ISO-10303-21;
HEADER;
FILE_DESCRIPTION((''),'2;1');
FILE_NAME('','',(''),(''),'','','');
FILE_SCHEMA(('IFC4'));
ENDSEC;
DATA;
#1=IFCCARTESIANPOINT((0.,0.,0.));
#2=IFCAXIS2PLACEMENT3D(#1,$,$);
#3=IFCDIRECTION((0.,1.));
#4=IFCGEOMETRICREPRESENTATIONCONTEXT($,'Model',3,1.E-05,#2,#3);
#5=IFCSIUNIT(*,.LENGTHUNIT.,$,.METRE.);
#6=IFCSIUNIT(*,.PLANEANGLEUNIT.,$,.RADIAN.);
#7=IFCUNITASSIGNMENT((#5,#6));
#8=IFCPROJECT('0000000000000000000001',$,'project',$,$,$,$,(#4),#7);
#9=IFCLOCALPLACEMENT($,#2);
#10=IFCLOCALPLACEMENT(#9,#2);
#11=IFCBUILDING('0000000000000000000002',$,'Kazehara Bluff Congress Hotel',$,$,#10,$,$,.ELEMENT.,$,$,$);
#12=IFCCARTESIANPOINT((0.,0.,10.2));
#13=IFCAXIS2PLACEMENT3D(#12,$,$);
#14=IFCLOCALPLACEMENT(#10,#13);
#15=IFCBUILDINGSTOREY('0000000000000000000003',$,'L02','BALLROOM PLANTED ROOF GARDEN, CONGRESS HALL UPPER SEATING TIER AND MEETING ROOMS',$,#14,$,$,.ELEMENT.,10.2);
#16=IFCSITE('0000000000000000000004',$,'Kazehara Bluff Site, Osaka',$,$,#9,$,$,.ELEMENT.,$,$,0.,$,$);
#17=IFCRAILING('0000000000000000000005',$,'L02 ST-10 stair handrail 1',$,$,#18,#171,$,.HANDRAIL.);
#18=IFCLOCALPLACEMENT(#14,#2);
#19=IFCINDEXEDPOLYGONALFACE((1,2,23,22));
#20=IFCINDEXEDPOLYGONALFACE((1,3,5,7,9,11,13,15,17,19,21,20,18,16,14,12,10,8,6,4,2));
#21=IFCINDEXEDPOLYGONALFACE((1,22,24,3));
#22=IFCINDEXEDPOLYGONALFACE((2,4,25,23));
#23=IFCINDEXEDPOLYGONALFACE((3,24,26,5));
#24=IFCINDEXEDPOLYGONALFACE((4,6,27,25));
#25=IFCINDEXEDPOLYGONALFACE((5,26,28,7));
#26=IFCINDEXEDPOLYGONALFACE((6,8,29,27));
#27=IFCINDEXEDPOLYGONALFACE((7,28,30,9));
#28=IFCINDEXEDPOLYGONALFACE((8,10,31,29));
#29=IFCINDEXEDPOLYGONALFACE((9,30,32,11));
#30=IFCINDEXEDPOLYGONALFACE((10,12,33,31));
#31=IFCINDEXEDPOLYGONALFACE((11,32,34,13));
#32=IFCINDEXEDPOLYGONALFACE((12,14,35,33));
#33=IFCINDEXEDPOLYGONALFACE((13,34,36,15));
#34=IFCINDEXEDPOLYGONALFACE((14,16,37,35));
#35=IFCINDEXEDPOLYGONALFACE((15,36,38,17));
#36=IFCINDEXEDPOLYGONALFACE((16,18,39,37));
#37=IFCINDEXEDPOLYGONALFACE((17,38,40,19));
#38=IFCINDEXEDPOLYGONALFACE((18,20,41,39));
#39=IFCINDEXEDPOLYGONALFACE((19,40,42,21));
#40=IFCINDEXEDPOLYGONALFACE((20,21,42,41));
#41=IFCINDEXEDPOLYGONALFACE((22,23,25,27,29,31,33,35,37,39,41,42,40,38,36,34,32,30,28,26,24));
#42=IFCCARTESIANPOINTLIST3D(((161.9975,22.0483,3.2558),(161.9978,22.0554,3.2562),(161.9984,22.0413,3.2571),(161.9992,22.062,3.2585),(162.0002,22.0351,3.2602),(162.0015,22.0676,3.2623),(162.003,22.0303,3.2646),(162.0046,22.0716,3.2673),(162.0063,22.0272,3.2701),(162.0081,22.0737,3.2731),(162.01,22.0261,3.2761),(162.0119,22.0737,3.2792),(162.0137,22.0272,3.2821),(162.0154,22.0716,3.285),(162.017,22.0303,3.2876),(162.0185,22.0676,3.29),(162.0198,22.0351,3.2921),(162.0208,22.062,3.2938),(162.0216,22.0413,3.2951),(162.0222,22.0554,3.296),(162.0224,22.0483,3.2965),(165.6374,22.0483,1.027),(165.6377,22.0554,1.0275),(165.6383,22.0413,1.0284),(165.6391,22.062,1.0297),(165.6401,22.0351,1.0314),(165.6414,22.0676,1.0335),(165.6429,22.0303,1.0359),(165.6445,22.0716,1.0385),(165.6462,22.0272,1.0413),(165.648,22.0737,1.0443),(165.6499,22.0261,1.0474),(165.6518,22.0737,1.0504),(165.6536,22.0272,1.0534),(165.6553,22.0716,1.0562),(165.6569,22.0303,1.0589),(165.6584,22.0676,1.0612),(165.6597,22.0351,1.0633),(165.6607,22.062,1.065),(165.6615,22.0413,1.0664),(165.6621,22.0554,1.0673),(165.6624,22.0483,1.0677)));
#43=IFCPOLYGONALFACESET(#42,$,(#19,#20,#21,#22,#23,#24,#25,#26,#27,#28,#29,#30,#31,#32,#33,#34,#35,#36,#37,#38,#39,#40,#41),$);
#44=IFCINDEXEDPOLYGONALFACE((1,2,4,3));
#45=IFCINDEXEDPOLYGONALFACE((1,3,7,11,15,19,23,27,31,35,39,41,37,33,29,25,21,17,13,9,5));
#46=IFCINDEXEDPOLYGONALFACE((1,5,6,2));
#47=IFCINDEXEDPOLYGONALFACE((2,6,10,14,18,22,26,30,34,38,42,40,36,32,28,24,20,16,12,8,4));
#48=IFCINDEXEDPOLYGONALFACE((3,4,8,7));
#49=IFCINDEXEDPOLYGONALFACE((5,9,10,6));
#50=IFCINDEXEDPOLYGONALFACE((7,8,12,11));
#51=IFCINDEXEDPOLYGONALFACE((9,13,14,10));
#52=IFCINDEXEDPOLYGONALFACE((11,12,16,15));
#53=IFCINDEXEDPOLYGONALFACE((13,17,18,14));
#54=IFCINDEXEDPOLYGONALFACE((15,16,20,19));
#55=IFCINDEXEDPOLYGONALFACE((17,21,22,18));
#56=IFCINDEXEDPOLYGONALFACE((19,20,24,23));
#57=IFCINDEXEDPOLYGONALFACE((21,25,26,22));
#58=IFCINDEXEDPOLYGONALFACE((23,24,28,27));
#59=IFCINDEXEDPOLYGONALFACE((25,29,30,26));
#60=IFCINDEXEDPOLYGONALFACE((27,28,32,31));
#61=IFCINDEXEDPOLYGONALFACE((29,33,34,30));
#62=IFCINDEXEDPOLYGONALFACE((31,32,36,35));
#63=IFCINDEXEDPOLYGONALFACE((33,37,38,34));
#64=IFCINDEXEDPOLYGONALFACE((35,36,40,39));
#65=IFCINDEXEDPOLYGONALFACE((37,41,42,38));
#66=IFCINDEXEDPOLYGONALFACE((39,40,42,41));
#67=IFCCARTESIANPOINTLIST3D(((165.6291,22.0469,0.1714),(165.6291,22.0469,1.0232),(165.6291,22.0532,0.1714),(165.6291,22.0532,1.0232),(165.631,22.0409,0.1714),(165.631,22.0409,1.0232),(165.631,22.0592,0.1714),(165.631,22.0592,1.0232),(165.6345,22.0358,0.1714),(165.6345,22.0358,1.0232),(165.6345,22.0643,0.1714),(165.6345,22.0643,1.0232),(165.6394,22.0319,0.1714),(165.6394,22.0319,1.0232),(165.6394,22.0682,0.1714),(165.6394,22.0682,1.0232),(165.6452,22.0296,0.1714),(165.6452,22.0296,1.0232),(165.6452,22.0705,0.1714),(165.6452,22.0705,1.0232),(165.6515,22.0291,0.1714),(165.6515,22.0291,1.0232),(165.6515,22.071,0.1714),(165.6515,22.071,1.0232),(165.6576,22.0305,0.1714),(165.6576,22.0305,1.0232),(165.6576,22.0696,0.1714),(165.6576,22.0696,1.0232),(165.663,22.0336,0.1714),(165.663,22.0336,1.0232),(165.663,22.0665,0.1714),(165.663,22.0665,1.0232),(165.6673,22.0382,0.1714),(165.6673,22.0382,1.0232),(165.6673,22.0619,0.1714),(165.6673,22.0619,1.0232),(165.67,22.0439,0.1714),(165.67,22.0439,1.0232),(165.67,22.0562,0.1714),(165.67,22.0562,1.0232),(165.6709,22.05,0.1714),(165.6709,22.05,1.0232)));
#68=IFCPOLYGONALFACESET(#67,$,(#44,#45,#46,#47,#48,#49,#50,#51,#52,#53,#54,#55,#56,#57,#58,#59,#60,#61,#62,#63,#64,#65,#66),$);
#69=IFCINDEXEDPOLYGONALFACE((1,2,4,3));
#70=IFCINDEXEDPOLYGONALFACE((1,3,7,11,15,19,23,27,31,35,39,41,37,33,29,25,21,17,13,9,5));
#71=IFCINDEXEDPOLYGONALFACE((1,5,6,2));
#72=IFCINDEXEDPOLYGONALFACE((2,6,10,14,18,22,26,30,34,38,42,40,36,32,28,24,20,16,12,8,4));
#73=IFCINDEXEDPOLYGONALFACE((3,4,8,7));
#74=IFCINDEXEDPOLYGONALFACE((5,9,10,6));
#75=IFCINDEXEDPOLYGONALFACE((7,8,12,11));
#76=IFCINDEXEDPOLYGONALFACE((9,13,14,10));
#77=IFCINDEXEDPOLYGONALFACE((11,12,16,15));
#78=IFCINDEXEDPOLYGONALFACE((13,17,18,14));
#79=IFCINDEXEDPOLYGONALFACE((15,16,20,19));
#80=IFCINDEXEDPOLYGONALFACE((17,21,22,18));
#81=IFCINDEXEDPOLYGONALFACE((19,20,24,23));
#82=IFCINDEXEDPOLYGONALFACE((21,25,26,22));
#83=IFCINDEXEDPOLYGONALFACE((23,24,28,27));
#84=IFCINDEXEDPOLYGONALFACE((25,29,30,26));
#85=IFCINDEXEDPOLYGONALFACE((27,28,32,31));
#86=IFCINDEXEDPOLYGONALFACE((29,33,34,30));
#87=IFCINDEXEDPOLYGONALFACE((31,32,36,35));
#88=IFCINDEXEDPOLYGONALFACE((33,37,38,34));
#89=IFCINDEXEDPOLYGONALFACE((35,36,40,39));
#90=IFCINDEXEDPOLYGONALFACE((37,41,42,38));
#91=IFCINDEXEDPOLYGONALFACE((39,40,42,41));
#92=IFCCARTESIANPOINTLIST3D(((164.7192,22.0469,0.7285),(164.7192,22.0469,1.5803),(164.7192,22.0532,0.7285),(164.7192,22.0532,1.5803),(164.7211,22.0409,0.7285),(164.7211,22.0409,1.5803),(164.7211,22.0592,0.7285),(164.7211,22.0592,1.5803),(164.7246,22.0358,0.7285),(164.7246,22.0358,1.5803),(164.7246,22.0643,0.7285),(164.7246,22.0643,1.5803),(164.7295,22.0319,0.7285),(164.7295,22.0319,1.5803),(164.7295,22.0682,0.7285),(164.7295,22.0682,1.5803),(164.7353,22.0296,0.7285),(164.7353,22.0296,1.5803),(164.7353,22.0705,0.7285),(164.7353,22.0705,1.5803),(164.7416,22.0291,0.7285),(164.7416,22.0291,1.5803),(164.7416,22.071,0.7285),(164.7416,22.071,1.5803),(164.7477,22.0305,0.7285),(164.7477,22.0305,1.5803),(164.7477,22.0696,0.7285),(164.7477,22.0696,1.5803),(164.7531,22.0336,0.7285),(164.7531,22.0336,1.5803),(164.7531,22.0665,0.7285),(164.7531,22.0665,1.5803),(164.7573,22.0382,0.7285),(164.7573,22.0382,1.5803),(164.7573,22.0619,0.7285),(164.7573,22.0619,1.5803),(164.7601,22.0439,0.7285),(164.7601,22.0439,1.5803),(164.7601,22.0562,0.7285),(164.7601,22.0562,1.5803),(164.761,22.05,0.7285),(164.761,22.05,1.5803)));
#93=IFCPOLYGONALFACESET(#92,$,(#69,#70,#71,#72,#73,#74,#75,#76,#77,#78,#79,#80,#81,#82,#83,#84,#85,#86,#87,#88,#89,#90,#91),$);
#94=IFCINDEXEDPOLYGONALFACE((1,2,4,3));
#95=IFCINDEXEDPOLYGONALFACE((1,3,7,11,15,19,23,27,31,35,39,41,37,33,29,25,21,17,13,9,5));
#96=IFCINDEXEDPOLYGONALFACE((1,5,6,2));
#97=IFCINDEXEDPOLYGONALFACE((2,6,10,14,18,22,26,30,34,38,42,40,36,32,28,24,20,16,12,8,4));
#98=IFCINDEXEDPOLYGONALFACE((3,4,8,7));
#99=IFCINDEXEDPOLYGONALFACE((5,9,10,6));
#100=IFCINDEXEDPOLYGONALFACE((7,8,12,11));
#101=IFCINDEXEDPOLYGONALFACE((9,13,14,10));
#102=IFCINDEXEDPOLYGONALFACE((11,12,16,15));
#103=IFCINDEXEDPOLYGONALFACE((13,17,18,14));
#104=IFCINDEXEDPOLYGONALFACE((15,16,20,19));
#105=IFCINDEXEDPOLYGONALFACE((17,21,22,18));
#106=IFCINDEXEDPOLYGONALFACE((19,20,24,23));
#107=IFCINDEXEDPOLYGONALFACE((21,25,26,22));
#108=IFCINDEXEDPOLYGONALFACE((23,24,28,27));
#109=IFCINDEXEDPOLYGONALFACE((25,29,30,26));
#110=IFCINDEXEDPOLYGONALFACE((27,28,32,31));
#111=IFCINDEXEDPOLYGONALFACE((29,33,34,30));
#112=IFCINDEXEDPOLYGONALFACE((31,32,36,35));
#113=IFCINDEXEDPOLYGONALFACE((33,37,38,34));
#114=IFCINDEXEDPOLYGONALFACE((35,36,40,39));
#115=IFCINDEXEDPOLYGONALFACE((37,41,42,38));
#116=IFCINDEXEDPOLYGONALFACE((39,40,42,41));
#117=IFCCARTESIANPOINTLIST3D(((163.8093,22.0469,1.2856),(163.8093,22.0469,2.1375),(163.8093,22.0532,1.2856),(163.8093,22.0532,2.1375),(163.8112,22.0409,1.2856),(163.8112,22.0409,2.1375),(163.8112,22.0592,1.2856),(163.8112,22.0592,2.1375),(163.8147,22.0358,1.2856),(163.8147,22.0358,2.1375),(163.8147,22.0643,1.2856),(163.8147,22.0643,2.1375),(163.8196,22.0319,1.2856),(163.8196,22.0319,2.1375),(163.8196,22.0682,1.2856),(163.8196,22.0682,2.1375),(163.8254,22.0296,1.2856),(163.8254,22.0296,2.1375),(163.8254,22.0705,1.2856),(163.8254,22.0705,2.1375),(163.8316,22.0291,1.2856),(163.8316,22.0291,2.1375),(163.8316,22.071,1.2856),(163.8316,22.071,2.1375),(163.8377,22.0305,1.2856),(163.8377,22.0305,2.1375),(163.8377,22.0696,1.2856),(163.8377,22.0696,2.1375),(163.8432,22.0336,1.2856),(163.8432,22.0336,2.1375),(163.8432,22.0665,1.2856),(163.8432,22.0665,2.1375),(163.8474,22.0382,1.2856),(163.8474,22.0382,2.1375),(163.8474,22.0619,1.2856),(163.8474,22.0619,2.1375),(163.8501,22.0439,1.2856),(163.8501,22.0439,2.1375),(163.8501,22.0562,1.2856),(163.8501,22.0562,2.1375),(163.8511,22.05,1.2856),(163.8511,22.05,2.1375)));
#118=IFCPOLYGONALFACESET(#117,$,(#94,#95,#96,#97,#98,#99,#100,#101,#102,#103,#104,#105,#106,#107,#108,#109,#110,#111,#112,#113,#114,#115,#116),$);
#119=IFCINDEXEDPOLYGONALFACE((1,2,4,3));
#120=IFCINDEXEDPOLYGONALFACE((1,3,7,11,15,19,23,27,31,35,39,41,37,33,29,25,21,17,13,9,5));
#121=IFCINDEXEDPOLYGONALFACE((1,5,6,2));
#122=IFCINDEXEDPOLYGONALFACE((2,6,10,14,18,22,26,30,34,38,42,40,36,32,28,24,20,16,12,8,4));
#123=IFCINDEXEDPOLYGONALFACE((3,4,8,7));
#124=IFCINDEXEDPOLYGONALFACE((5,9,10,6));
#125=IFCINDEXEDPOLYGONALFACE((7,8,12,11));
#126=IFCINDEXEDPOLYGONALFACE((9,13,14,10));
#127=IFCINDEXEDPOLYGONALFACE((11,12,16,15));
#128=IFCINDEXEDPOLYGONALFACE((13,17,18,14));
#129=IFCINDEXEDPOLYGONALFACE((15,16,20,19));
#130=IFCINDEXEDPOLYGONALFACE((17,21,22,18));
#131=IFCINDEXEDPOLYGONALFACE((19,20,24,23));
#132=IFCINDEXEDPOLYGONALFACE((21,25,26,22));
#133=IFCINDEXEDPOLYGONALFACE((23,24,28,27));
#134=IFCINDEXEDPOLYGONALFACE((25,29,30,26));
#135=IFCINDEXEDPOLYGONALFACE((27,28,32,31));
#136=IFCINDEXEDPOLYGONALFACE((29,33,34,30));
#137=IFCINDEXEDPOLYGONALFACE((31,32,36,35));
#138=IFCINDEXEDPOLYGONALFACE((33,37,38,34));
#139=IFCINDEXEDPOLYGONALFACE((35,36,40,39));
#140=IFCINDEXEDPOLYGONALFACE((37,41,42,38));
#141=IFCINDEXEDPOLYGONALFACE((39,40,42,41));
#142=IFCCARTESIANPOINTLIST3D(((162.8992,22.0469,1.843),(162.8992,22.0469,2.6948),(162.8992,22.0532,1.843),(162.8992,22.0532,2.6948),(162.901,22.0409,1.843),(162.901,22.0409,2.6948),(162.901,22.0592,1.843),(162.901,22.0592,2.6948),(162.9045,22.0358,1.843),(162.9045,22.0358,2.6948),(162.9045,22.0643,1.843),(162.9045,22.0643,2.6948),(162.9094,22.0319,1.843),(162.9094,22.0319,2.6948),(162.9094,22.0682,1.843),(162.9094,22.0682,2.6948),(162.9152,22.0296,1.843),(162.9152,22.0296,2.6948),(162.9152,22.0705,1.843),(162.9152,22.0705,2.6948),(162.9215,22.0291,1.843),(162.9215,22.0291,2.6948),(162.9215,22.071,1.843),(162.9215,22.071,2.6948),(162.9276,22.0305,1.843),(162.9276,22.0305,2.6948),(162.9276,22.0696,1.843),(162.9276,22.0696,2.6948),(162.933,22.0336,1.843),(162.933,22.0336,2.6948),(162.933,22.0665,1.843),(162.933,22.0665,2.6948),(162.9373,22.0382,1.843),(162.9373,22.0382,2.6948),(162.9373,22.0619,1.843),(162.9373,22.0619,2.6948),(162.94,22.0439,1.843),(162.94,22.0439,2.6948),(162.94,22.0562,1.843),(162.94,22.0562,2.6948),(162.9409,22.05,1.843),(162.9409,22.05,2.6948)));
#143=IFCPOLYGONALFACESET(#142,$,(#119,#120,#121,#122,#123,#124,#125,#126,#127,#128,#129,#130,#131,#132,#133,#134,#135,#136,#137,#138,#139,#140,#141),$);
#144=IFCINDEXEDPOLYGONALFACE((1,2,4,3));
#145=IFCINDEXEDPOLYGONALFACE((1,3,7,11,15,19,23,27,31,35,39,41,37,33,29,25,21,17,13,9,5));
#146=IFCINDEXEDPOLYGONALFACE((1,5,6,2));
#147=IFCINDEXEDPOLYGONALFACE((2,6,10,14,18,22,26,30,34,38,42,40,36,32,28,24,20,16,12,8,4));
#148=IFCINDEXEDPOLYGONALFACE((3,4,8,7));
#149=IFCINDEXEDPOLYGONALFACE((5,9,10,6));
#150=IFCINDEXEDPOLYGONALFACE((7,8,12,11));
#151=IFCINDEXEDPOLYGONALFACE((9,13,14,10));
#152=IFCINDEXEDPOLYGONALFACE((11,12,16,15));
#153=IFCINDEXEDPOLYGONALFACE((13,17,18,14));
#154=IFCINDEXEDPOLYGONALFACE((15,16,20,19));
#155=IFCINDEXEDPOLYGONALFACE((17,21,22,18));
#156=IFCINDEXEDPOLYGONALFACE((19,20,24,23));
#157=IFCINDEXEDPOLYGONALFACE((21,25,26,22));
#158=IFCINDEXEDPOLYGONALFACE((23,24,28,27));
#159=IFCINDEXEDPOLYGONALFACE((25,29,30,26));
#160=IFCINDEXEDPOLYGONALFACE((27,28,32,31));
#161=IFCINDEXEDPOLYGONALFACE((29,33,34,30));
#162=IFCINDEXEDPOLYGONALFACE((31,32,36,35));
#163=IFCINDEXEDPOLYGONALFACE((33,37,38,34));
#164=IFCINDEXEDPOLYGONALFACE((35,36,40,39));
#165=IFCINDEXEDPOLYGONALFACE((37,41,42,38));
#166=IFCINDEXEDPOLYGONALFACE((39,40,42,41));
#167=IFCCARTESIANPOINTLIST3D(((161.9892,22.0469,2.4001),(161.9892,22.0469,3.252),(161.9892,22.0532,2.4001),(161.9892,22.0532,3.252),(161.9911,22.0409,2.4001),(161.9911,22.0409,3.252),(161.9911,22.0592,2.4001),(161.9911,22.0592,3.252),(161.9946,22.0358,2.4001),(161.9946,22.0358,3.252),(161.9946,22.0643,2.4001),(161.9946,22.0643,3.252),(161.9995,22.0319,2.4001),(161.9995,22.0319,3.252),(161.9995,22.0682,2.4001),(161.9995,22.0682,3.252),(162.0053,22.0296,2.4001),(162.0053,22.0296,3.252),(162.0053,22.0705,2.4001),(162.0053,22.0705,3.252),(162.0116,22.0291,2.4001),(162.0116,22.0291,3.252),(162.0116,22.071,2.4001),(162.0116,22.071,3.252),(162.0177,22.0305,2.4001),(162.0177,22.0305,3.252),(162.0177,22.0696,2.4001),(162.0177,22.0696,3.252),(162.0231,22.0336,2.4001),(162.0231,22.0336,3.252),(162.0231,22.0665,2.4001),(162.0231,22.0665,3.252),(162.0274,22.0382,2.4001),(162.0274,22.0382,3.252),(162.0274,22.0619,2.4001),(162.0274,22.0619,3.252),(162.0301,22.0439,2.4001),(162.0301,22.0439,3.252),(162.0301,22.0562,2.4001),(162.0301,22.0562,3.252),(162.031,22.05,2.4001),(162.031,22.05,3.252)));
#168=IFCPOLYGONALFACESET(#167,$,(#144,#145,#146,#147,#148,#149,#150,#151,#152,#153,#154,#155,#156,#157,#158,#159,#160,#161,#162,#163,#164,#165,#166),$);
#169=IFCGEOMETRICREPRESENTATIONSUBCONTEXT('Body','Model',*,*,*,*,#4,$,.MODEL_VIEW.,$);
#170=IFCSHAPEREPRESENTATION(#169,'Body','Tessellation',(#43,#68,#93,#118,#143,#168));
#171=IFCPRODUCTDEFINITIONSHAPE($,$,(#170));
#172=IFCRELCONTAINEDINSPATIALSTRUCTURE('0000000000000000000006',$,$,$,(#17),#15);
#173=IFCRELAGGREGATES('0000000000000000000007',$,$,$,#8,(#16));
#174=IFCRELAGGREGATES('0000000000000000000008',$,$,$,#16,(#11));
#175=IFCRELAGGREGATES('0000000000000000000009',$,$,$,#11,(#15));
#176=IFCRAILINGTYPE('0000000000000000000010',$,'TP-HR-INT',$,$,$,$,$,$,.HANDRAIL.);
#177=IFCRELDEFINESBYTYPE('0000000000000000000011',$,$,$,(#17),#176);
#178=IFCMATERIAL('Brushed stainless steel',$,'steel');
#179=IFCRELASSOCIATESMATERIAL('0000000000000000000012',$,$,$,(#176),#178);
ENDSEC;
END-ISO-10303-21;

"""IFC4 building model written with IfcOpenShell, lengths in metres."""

from ifc_helpers import new_model, si_unit, direction, frame, origin, origin_2d, place, context, subcontext, project, spatial, circle, extrude, material, type_object, element, save


model = new_model("IFC4")

# Units and contexts
model_context = context("Model", 3, precision=1e-05, world=origin(), true_north=direction((0.0, 1.0)))
body_context = subcontext(model_context, "Body", "Model", "MODEL_VIEW")
ifc_project = project(units=[si_unit("LENGTHUNIT", "METRE"), si_unit("PLANEANGLEUNIT", "RADIAN")], contexts=[model_context])

# Site, building, storey
site_placement = place(None, origin())
site = spatial("IfcSite", under=ifc_project, at=site_placement, Name="Kazehara Bluff Site, Osaka", CompositionType="ELEMENT", RefElevation=0.0)
building_placement = place(site_placement, origin())
building = spatial("IfcBuilding", under=site, at=building_placement, Name="Kazehara Bluff Congress Hotel", CompositionType="ELEMENT")
storey_placement = place(building_placement, frame((0.0, 0.0, 10.2)))
storey = spatial("IfcBuildingStorey", under=building, at=storey_placement, Name="L02", Description="BALLROOM PLANTED ROOF GARDEN, CONGRESS HALL UPPER SEATING TIER AND MEETING ROOMS", CompositionType="ELEMENT", Elevation=10.2)

# Railing
ifc_material_1 = material(Name="Brushed stainless steel", Category="steel")
railing_type_1 = type_object("IfcRailingType", Name="TP-HR-INT", PredefinedType="HANDRAIL", material=ifc_material_1)
railing_1_placement = place(storey_placement, frame((165.6499, 22.05, 0.1714)))
element("IfcRailing", 1, at=railing_1_placement, inside=storey, type_object=railing_type_1, Name="L02 ST-10 stair handrail 1", PredefinedType="HANDRAIL", context=body_context, shape_type="SweptSolid", body=[
    extrude(circle(Radius=0.0239, at=origin_2d()), frame((0.0, 0.0, 0.876), z_axis=(-0.852825, 0.0, 0.522197), x_axis=(0.0, -1.0, 0.0)), (0.0, 0.0, 1.0), 4.2681),
    extrude(circle(Radius=0.021, at=origin_2d()), origin(), (0.0, 0.0, 1.0), 0.8518),
    extrude(circle(Radius=0.021, at=origin_2d()), frame((-0.9099, 0.0, 0.5571)), (0.0, 0.0, 1.0), 0.8518),
    extrude(circle(Radius=0.021, at=origin_2d()), frame((-1.8198, 0.0, 1.1143)), (0.0, 0.0, 1.0), 0.8518),
    extrude(circle(Radius=0.021, at=origin_2d()), frame((-2.73, 0.0, 1.6716)), (0.0, 0.0, 1.0), 0.8518),
    extrude(circle(Radius=0.021, at=origin_2d()), frame((-3.6399, 0.0, 2.2288)), (0.0, 0.0, 1.0), 0.8518),
])

save(model, "model.ifc")
